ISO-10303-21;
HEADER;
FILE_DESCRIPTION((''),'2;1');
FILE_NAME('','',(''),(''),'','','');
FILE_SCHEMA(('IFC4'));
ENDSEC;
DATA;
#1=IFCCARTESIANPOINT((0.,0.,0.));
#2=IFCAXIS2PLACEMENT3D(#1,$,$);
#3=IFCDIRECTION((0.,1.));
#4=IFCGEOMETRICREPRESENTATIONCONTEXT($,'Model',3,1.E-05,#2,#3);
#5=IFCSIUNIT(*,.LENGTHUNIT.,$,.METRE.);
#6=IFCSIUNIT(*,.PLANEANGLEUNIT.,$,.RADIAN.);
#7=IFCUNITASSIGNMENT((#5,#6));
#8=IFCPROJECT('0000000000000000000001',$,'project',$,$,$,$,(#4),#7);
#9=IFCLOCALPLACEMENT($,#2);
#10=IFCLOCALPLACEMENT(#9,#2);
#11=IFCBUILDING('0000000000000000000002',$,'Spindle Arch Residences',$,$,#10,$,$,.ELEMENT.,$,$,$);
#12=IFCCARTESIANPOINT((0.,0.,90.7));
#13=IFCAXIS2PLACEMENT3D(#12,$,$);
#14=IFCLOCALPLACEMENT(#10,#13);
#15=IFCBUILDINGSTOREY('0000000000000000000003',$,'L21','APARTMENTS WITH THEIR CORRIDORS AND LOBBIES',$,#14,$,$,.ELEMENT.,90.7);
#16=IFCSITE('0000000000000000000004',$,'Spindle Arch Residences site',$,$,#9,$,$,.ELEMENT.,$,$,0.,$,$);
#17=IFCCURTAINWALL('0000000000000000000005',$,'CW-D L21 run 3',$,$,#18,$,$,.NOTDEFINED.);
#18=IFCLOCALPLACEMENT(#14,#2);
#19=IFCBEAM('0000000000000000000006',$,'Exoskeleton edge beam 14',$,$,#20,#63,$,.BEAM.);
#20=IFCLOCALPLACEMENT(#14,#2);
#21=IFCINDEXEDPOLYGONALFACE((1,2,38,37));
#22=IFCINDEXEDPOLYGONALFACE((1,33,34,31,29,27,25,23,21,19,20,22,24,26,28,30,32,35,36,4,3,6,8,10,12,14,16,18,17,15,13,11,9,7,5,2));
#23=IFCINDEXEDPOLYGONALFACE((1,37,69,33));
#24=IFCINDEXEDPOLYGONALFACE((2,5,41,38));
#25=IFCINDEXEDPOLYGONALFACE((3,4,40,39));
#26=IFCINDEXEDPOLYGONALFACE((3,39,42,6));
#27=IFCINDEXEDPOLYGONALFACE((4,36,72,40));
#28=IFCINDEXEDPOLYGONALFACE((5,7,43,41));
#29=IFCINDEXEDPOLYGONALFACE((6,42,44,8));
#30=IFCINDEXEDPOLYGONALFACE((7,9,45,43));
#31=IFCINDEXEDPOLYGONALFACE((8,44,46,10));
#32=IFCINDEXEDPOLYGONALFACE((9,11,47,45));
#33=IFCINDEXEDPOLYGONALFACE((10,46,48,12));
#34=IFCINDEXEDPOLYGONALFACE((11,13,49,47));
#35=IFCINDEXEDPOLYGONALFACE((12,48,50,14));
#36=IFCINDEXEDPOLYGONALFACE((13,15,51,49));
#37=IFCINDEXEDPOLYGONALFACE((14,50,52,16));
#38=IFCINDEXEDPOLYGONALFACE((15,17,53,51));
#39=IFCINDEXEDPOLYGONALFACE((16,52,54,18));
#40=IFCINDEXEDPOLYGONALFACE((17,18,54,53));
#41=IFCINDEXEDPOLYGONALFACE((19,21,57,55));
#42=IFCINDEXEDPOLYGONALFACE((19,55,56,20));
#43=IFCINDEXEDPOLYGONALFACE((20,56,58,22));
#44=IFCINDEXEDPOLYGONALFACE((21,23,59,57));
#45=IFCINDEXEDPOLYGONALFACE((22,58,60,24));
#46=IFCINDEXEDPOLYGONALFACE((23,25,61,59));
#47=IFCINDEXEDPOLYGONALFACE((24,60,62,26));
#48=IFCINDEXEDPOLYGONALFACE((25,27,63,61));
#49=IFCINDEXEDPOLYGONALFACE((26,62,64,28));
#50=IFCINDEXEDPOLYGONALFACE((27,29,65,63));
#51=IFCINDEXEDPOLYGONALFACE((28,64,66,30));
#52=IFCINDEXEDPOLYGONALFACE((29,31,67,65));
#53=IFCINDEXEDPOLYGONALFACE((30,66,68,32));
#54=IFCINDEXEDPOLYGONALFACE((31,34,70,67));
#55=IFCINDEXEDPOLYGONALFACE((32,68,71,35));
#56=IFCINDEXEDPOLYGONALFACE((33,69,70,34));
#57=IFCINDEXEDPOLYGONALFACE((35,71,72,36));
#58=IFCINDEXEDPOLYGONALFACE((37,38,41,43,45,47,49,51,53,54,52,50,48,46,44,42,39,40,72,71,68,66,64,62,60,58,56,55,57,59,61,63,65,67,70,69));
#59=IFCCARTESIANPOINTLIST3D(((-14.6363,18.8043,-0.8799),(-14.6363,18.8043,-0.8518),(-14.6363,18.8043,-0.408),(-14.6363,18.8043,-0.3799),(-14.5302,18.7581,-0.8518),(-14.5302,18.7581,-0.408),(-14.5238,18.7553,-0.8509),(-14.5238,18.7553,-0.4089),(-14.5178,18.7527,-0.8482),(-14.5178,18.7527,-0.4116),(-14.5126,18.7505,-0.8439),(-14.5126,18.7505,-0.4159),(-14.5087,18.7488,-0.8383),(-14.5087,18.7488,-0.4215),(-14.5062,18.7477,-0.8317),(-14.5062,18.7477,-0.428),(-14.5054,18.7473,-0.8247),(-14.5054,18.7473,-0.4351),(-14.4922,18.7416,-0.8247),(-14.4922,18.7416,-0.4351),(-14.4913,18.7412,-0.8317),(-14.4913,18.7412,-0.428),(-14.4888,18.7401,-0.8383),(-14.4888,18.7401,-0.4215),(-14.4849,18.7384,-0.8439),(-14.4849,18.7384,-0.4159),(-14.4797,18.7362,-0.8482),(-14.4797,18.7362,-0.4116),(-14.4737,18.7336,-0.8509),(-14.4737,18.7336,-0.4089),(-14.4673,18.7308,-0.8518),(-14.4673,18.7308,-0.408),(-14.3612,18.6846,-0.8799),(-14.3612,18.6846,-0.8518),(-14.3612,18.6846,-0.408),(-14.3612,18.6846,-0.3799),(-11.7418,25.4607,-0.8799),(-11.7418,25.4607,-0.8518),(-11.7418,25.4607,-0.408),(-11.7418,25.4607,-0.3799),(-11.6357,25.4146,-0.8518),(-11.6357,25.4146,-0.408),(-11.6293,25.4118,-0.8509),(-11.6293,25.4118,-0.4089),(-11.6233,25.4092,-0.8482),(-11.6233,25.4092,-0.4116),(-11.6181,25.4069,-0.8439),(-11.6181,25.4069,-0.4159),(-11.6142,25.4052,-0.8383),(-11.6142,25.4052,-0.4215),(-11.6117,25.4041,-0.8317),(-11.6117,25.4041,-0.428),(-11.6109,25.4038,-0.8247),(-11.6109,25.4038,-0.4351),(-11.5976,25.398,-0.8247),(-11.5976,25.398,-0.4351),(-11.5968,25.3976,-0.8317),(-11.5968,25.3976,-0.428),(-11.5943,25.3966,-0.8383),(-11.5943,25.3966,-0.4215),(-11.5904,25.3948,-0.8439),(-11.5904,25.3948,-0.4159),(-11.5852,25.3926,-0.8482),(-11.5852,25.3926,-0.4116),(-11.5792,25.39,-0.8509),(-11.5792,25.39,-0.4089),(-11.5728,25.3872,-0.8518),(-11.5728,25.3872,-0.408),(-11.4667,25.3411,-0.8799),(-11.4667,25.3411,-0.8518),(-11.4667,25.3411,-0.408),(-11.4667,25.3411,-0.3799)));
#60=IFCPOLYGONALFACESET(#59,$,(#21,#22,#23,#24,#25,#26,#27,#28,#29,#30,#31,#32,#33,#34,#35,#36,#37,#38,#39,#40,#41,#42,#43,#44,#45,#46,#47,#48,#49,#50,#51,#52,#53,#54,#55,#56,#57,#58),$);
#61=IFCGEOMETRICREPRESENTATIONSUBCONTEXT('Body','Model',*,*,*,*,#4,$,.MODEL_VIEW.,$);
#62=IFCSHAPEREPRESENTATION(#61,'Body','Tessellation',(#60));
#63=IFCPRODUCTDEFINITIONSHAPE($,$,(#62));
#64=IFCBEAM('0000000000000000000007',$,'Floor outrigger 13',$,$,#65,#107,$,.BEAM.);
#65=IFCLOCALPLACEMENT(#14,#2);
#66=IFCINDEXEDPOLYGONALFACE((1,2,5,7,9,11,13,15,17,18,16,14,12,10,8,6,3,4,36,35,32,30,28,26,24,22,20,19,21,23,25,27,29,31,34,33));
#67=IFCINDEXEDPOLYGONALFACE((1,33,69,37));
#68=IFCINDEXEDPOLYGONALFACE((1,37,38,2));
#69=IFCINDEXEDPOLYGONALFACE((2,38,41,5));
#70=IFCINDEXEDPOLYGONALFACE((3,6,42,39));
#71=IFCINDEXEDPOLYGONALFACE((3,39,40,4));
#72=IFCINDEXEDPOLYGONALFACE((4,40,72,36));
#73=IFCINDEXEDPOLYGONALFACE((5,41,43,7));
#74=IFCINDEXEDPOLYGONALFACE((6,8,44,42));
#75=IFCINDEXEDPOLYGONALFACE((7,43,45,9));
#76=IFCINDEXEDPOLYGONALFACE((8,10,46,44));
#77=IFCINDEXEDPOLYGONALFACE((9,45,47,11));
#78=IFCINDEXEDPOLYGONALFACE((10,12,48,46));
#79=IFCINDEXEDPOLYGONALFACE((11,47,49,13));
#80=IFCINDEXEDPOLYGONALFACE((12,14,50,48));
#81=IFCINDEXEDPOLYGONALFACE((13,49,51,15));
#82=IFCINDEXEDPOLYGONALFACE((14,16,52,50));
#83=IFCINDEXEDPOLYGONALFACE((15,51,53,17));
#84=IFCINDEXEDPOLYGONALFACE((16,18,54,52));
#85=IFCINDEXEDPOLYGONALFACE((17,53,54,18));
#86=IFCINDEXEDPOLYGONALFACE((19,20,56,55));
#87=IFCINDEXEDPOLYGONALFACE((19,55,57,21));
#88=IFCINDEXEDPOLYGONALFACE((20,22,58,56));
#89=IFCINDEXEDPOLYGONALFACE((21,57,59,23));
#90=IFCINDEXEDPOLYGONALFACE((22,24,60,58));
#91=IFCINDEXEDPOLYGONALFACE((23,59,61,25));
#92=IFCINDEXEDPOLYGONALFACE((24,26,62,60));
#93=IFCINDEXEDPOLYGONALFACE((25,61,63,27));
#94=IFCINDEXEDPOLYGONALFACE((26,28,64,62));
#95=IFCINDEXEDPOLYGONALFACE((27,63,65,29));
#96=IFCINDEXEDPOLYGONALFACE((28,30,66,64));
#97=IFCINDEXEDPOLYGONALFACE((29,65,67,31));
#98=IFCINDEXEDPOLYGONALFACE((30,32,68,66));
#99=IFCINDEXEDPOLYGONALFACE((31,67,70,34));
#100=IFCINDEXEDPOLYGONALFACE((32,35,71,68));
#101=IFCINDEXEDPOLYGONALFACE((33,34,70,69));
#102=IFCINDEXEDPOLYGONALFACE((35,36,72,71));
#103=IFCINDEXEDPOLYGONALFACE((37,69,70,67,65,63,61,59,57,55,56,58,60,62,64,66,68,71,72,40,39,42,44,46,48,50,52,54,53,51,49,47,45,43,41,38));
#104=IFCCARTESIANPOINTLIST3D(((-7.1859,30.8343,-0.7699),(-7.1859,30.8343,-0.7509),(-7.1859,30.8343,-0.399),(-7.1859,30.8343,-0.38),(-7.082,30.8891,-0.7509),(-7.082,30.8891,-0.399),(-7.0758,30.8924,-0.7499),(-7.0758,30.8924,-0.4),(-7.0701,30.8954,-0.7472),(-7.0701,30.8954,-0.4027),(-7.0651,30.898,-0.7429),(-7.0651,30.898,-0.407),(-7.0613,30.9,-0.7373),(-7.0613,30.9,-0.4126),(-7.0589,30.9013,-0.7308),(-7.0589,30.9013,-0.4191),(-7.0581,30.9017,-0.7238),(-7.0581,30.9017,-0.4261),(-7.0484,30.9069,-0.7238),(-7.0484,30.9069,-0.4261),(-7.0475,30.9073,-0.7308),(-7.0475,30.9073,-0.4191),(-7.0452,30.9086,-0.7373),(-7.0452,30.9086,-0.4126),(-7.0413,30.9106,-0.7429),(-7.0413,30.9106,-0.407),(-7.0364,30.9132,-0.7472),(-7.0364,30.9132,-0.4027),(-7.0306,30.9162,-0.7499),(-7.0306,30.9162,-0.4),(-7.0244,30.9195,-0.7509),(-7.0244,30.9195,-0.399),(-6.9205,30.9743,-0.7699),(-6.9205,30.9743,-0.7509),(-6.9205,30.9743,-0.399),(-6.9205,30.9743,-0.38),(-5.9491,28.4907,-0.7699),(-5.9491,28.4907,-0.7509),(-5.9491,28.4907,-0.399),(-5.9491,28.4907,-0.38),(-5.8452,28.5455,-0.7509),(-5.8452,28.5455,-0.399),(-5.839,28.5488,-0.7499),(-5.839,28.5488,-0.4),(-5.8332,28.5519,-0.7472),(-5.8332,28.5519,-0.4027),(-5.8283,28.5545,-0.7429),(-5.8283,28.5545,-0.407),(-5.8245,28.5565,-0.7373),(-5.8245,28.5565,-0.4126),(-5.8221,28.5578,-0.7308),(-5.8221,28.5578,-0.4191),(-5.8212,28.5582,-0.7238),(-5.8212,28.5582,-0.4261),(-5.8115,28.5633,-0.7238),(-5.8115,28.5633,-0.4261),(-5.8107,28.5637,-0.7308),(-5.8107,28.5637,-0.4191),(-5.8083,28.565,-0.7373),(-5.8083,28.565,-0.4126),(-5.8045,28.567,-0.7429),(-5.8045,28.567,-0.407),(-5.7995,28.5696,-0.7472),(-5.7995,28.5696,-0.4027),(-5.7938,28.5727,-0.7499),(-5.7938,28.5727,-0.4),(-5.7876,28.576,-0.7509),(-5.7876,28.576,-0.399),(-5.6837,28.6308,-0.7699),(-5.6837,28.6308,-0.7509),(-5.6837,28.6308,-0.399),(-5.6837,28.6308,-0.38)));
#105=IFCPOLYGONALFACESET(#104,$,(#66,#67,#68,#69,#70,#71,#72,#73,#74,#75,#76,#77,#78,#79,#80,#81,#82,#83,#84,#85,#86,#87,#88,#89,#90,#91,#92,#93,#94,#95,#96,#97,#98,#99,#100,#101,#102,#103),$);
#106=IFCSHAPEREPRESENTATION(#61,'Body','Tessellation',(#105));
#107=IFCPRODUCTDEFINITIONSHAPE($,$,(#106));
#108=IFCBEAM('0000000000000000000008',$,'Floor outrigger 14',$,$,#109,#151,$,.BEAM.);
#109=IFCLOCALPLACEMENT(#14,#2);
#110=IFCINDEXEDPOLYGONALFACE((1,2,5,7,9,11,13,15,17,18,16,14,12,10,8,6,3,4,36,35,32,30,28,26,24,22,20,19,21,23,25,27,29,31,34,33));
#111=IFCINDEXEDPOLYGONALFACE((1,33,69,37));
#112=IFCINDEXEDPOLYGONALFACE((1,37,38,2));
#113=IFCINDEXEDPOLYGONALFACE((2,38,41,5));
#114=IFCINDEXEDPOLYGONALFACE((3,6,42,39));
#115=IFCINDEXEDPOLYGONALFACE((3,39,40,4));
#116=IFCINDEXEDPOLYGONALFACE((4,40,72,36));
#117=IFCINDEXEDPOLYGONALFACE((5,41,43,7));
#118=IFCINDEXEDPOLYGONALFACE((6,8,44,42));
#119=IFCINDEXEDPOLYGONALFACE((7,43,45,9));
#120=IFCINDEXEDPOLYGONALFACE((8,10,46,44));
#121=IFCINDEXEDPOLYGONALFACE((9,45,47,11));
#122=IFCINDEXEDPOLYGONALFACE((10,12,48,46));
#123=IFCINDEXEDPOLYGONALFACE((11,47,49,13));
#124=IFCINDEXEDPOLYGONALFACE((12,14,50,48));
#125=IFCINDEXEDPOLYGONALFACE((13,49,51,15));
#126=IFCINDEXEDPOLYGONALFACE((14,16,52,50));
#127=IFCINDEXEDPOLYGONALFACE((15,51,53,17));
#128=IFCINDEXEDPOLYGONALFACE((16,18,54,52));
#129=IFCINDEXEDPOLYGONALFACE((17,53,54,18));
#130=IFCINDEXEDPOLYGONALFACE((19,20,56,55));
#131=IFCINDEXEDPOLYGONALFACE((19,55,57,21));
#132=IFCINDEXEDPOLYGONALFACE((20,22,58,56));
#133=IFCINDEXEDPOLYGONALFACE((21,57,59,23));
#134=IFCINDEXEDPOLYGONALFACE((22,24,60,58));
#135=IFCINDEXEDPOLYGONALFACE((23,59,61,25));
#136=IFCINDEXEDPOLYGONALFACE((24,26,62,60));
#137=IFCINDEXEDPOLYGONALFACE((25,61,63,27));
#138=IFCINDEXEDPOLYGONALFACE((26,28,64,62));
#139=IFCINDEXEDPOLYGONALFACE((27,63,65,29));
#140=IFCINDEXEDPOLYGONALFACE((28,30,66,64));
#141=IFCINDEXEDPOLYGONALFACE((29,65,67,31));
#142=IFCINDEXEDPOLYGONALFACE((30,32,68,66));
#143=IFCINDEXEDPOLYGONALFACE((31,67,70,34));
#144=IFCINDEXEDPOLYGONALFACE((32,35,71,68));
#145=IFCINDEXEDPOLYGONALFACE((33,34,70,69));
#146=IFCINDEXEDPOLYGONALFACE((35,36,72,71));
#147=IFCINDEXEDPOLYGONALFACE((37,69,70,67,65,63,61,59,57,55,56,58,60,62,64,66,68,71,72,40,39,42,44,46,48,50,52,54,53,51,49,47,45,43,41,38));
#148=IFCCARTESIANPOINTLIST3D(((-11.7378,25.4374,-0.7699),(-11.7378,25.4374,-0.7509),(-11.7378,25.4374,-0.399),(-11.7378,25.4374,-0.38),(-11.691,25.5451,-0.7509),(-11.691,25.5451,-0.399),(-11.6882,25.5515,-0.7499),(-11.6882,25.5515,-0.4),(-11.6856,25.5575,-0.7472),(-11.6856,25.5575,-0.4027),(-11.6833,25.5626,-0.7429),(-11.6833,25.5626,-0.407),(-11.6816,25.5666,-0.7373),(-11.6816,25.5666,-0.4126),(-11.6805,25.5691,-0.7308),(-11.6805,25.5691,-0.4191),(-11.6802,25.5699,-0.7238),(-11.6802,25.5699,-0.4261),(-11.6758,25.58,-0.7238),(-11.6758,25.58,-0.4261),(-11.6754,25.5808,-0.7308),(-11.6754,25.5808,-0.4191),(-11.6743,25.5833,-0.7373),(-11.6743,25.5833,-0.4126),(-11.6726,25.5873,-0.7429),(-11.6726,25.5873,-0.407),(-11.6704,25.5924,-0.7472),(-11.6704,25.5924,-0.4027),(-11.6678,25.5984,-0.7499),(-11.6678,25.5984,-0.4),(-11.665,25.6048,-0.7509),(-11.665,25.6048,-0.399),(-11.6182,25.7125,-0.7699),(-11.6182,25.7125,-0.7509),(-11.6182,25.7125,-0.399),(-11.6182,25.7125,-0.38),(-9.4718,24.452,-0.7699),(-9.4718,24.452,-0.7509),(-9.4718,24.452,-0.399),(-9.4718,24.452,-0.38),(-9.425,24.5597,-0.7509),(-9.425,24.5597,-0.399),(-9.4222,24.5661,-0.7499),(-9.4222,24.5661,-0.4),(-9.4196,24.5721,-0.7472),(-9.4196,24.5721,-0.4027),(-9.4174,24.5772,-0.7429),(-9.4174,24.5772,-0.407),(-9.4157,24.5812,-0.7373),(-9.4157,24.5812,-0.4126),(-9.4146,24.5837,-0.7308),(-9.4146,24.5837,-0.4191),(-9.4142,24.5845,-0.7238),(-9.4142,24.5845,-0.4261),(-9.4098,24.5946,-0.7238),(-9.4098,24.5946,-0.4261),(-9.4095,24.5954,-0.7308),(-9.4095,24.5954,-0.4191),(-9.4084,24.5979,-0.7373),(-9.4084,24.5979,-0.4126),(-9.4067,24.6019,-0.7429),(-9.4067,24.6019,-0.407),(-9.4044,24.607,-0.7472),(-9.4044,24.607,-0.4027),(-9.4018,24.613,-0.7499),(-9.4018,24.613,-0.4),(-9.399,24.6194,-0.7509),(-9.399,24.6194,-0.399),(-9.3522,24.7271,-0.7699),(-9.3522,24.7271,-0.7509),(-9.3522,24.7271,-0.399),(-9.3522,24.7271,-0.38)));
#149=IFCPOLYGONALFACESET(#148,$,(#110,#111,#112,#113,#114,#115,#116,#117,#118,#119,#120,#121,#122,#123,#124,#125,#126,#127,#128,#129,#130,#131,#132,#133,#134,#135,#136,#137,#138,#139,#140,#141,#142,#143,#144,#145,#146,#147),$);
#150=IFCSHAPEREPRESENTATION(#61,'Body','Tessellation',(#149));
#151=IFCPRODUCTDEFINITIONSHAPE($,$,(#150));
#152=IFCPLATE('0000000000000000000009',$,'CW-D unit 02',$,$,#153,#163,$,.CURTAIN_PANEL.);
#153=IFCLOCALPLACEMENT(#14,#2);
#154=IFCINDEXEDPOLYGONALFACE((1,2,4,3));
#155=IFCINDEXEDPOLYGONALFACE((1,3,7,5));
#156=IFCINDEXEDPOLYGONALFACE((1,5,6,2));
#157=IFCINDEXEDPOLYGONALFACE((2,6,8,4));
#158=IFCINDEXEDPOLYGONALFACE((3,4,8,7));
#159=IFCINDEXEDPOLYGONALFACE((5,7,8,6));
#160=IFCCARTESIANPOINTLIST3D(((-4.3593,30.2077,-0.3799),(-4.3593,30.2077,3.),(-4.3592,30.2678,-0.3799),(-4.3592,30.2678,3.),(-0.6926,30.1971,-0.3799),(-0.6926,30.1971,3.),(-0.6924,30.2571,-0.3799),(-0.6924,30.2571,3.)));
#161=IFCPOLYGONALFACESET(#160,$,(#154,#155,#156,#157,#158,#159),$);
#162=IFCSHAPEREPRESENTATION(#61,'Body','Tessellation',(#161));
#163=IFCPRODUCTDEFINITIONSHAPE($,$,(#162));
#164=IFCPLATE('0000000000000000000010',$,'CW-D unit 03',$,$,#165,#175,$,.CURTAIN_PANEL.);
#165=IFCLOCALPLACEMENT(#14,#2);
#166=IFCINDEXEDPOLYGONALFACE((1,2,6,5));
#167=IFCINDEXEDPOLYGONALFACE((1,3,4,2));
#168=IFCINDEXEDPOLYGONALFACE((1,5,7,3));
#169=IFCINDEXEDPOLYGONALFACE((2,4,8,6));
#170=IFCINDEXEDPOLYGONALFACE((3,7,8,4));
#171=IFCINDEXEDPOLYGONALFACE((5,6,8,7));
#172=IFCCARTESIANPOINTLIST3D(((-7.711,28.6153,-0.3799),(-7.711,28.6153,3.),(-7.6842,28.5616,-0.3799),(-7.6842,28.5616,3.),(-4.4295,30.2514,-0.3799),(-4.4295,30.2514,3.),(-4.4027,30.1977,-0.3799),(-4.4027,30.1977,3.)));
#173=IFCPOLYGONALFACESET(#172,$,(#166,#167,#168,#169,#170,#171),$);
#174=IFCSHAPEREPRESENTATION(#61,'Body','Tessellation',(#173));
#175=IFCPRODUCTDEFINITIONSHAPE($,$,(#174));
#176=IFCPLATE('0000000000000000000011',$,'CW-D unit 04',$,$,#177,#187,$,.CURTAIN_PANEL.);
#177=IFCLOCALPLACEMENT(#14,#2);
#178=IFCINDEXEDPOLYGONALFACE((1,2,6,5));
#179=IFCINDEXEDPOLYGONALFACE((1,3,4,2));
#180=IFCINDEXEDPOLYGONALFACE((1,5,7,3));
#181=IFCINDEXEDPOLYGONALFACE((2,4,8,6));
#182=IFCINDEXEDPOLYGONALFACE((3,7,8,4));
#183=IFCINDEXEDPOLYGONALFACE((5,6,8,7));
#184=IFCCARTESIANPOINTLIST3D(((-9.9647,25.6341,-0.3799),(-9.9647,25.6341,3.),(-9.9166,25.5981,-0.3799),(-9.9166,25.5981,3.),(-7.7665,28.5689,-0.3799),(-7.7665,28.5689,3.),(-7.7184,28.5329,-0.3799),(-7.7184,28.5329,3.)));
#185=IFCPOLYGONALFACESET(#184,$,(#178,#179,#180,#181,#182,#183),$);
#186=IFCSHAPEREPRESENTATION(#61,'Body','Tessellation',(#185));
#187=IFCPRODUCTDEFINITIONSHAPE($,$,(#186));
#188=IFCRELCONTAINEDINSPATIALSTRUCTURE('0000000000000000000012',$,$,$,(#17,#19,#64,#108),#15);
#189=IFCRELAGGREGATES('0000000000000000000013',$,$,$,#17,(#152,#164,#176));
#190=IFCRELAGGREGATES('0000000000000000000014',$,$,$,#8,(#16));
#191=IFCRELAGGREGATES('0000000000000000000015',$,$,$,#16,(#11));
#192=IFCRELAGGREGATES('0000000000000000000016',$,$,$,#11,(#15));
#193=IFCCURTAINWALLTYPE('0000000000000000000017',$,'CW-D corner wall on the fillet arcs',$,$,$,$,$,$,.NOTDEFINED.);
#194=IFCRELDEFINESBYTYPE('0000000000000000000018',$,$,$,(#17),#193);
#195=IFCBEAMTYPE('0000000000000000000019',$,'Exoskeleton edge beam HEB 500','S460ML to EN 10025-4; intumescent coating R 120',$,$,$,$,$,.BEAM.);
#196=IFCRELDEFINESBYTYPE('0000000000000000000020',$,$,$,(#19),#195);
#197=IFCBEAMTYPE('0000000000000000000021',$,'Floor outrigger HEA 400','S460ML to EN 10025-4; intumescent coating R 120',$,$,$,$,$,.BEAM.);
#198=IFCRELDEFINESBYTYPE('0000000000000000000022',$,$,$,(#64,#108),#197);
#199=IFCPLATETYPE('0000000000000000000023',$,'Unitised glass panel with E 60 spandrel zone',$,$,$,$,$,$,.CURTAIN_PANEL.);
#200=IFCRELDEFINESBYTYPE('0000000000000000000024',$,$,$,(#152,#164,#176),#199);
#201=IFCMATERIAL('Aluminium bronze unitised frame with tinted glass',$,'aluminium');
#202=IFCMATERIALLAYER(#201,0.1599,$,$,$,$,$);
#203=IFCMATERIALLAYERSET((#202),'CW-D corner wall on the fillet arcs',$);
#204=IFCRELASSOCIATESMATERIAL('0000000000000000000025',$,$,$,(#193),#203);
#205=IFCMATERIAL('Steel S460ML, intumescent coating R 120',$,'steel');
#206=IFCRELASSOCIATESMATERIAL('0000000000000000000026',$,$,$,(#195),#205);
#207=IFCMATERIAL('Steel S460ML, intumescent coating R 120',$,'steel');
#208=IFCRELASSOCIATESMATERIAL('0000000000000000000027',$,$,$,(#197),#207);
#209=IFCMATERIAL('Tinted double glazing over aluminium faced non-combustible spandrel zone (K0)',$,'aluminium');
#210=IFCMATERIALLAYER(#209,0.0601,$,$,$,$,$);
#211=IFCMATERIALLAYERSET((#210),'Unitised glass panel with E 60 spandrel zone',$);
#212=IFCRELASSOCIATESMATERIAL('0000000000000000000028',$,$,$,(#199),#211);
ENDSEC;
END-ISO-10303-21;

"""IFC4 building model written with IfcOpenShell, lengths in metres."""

from ifc_helpers import new_model, si_unit, direction, frame, origin, origin_2d, place, context, subcontext, project, spatial, rectangle, i_section, extrude, material, layer, layer_set, material_profile, profile_set, type_object, element, aggregate, save


model = new_model("IFC4")

# Units and contexts
model_context = context("Model", 3, precision=1e-05, world=origin(), true_north=direction((0.0, 1.0)))
body_context = subcontext(model_context, "Body", "Model", "MODEL_VIEW")
ifc_project = project(units=[si_unit("LENGTHUNIT", "METRE"), si_unit("PLANEANGLEUNIT", "RADIAN")], contexts=[model_context])

# Site, building, storey
site_placement = place(None, origin())
site = spatial("IfcSite", under=ifc_project, at=site_placement, Name="Spindle Arch Residences site", CompositionType="ELEMENT", RefElevation=0.0)
building_placement = place(site_placement, origin())
building = spatial("IfcBuilding", under=site, at=building_placement, Name="Spindle Arch Residences", CompositionType="ELEMENT")
storey_placement = place(building_placement, frame((0.0, 0.0, 90.7)))
storey = spatial("IfcBuildingStorey", under=building, at=storey_placement, Name="L21", Description="APARTMENTS WITH THEIR CORRIDORS AND LOBBIES", CompositionType="ELEMENT", Elevation=90.7)

# Curtain wall
ifc_material_1 = material(Name="Aluminium bronze unitised frame with tinted glass", Category="aluminium")
ifc_layer_1 = layer(ifc_material_1, 0.1599)
ifc_layer_set_1 = layer_set([ifc_layer_1], Name="CW-D corner wall on the fillet arcs")
curtain_wall_type = type_object("IfcCurtainWallType", Name="CW-D corner wall on the fillet arcs", PredefinedType="NOTDEFINED", material=ifc_layer_set_1)
curtain_wall_placement = place(storey_placement, origin())
curtain_wall = element("IfcCurtainWall", 1, at=curtain_wall_placement, inside=storey, type_object=curtain_wall_type, Name="CW-D L21 run 3", PredefinedType="NOTDEFINED")

# Beams
ifc_material_2 = material(Name="Steel S460ML, intumescent coating R 120", Category="steel")
ifc_material_profile_1 = material_profile(ifc_material_2, i_section(OverallWidth=0.3, OverallDepth=0.5, WebThickness=0.0144, FlangeThickness=0.0281, FilletRadius=0.0271, at=origin_2d()), Name="HEB 500")
ifc_profile_set_1 = profile_set([ifc_material_profile_1], Name="Steel S460ML, intumescent coating R 120")
beam_type_1 = type_object("IfcBeamType", Name="Exoskeleton edge beam HEB 500", Description="S460ML to EN 10025-4; intumescent coating R 120", PredefinedType="BEAM", material=ifc_profile_set_1)
beam_1_placement = place(storey_placement, frame((-11.6042, 25.4009, -0.6299), z_axis=(-0.398773, -0.91705, 0.0), x_axis=(0.91705, -0.398773, 0.0)))
element("IfcBeam", 2, at=beam_1_placement, inside=storey, type_object=beam_type_1, Name="Exoskeleton edge beam 14", PredefinedType="BEAM", context=body_context, shape_type="SweptSolid", body=[
    extrude(i_section(OverallWidth=0.3, OverallDepth=0.5, WebThickness=0.0144, FlangeThickness=0.0281, FilletRadius=0.0271, at=origin_2d()), origin(), (0.0, 0.0, 1.0), 7.2585),
])
ifc_material_3 = material(Name="Steel S460ML, intumescent coating R 120", Category="steel")
ifc_material_profile_2 = material_profile(ifc_material_3, i_section(OverallWidth=0.3, OverallDepth=0.3899, WebThickness=0.011, FlangeThickness=0.019, FilletRadius=0.0271, at=origin_2d()), Name="HEA 400")
ifc_profile_set_2 = profile_set([ifc_material_profile_2], Name="Steel S460ML, intumescent coating R 120")
beam_type_2 = type_object("IfcBeamType", Name="Floor outrigger HEA 400", Description="S460ML to EN 10025-4; intumescent coating R 120", PredefinedType="BEAM", material=ifc_profile_set_2)
beam_2_placement = place(storey_placement, frame((-7.0532, 30.9043, -0.575), z_axis=(0.466749, -0.88439, 0.0), x_axis=(0.88439, 0.466749, 0.0)))
element("IfcBeam", 3, at=beam_2_placement, inside=storey, type_object=beam_type_2, Name="Floor outrigger 13", PredefinedType="BEAM", context=body_context, shape_type="SweptSolid", body=[
    extrude(i_section(OverallWidth=0.3, OverallDepth=0.3899, WebThickness=0.011, FlangeThickness=0.019, FilletRadius=0.0271, at=origin_2d()), origin(), (0.0, 0.0, 1.0), 2.6499),
])
beam_3_placement = place(storey_placement, frame((-11.678, 25.575, -0.575), z_axis=(0.917042, -0.398791, 0.0), x_axis=(0.398791, 0.917042, 0.0)))
element("IfcBeam", 4, at=beam_3_placement, inside=storey, type_object=beam_type_2, Name="Floor outrigger 14", PredefinedType="BEAM", context=body_context, shape_type="SweptSolid", body=[
    extrude(i_section(OverallWidth=0.3, OverallDepth=0.3899, WebThickness=0.011, FlangeThickness=0.019, FilletRadius=0.0271, at=origin_2d()), origin(), (0.0, 0.0, 1.0), 2.4709),
])

# Plates
ifc_material_4 = material(Name="Tinted double glazing over aluminium faced non-combustible spandrel zone (K0)", Category="aluminium")
ifc_layer_2 = layer(ifc_material_4, 0.0601)
ifc_layer_set_2 = layer_set([ifc_layer_2], Name="Unitised glass panel with E 60 spandrel zone")
plate_type = type_object("IfcPlateType", Name="Unitised glass panel with E 60 spandrel zone", PredefinedType="CURTAIN_PANEL", material=ifc_layer_set_2)
plate_1_placement = place(storey_placement, frame((-2.5259, 30.2324, -0.3799), z_axis=(0.0, 0.0, 1.0), x_axis=(-0.999996, 0.002909, 0.0)))
plate_1 = element("IfcPlate", 5, at=plate_1_placement, type_object=plate_type, Name="CW-D unit 02", PredefinedType="CURTAIN_PANEL", context=body_context, shape_type="SweptSolid", body=[
    extrude(rectangle(XDim=3.6667, YDim=0.0601, at=origin_2d()), origin(), (0.0, 0.0, 1.0), 3.3799),
])
plate_2_placement = place(storey_placement, frame((-6.0569, 29.4065, -0.3799), z_axis=(0.0, 0.0, 1.0), x_axis=(-0.894934, -0.446198, 0.0)))
plate_2 = element("IfcPlate", 6, at=plate_2_placement, type_object=plate_type, Name="CW-D unit 03", PredefinedType="CURTAIN_PANEL", context=body_context, shape_type="SweptSolid", body=[
    extrude(rectangle(XDim=3.6667, YDim=0.0601, at=origin_2d()), origin(), (0.0, 0.0, 1.0), 3.3799),
])
plate_3_placement = place(storey_placement, frame((-8.8416, 27.0835, -0.3799), z_axis=(0.0, 0.0, 1.0), x_axis=(-0.599489, -0.800383, 0.0)))
plate_3 = element("IfcPlate", 7, at=plate_3_placement, type_object=plate_type, Name="CW-D unit 04", PredefinedType="CURTAIN_PANEL", context=body_context, shape_type="SweptSolid", body=[
    extrude(rectangle(XDim=3.6667, YDim=0.0601, at=origin_2d()), origin(), (0.0, 0.0, 1.0), 3.3799),
])
aggregate(curtain_wall, [plate_1, plate_2, plate_3])

save(model, "model.ifc")
